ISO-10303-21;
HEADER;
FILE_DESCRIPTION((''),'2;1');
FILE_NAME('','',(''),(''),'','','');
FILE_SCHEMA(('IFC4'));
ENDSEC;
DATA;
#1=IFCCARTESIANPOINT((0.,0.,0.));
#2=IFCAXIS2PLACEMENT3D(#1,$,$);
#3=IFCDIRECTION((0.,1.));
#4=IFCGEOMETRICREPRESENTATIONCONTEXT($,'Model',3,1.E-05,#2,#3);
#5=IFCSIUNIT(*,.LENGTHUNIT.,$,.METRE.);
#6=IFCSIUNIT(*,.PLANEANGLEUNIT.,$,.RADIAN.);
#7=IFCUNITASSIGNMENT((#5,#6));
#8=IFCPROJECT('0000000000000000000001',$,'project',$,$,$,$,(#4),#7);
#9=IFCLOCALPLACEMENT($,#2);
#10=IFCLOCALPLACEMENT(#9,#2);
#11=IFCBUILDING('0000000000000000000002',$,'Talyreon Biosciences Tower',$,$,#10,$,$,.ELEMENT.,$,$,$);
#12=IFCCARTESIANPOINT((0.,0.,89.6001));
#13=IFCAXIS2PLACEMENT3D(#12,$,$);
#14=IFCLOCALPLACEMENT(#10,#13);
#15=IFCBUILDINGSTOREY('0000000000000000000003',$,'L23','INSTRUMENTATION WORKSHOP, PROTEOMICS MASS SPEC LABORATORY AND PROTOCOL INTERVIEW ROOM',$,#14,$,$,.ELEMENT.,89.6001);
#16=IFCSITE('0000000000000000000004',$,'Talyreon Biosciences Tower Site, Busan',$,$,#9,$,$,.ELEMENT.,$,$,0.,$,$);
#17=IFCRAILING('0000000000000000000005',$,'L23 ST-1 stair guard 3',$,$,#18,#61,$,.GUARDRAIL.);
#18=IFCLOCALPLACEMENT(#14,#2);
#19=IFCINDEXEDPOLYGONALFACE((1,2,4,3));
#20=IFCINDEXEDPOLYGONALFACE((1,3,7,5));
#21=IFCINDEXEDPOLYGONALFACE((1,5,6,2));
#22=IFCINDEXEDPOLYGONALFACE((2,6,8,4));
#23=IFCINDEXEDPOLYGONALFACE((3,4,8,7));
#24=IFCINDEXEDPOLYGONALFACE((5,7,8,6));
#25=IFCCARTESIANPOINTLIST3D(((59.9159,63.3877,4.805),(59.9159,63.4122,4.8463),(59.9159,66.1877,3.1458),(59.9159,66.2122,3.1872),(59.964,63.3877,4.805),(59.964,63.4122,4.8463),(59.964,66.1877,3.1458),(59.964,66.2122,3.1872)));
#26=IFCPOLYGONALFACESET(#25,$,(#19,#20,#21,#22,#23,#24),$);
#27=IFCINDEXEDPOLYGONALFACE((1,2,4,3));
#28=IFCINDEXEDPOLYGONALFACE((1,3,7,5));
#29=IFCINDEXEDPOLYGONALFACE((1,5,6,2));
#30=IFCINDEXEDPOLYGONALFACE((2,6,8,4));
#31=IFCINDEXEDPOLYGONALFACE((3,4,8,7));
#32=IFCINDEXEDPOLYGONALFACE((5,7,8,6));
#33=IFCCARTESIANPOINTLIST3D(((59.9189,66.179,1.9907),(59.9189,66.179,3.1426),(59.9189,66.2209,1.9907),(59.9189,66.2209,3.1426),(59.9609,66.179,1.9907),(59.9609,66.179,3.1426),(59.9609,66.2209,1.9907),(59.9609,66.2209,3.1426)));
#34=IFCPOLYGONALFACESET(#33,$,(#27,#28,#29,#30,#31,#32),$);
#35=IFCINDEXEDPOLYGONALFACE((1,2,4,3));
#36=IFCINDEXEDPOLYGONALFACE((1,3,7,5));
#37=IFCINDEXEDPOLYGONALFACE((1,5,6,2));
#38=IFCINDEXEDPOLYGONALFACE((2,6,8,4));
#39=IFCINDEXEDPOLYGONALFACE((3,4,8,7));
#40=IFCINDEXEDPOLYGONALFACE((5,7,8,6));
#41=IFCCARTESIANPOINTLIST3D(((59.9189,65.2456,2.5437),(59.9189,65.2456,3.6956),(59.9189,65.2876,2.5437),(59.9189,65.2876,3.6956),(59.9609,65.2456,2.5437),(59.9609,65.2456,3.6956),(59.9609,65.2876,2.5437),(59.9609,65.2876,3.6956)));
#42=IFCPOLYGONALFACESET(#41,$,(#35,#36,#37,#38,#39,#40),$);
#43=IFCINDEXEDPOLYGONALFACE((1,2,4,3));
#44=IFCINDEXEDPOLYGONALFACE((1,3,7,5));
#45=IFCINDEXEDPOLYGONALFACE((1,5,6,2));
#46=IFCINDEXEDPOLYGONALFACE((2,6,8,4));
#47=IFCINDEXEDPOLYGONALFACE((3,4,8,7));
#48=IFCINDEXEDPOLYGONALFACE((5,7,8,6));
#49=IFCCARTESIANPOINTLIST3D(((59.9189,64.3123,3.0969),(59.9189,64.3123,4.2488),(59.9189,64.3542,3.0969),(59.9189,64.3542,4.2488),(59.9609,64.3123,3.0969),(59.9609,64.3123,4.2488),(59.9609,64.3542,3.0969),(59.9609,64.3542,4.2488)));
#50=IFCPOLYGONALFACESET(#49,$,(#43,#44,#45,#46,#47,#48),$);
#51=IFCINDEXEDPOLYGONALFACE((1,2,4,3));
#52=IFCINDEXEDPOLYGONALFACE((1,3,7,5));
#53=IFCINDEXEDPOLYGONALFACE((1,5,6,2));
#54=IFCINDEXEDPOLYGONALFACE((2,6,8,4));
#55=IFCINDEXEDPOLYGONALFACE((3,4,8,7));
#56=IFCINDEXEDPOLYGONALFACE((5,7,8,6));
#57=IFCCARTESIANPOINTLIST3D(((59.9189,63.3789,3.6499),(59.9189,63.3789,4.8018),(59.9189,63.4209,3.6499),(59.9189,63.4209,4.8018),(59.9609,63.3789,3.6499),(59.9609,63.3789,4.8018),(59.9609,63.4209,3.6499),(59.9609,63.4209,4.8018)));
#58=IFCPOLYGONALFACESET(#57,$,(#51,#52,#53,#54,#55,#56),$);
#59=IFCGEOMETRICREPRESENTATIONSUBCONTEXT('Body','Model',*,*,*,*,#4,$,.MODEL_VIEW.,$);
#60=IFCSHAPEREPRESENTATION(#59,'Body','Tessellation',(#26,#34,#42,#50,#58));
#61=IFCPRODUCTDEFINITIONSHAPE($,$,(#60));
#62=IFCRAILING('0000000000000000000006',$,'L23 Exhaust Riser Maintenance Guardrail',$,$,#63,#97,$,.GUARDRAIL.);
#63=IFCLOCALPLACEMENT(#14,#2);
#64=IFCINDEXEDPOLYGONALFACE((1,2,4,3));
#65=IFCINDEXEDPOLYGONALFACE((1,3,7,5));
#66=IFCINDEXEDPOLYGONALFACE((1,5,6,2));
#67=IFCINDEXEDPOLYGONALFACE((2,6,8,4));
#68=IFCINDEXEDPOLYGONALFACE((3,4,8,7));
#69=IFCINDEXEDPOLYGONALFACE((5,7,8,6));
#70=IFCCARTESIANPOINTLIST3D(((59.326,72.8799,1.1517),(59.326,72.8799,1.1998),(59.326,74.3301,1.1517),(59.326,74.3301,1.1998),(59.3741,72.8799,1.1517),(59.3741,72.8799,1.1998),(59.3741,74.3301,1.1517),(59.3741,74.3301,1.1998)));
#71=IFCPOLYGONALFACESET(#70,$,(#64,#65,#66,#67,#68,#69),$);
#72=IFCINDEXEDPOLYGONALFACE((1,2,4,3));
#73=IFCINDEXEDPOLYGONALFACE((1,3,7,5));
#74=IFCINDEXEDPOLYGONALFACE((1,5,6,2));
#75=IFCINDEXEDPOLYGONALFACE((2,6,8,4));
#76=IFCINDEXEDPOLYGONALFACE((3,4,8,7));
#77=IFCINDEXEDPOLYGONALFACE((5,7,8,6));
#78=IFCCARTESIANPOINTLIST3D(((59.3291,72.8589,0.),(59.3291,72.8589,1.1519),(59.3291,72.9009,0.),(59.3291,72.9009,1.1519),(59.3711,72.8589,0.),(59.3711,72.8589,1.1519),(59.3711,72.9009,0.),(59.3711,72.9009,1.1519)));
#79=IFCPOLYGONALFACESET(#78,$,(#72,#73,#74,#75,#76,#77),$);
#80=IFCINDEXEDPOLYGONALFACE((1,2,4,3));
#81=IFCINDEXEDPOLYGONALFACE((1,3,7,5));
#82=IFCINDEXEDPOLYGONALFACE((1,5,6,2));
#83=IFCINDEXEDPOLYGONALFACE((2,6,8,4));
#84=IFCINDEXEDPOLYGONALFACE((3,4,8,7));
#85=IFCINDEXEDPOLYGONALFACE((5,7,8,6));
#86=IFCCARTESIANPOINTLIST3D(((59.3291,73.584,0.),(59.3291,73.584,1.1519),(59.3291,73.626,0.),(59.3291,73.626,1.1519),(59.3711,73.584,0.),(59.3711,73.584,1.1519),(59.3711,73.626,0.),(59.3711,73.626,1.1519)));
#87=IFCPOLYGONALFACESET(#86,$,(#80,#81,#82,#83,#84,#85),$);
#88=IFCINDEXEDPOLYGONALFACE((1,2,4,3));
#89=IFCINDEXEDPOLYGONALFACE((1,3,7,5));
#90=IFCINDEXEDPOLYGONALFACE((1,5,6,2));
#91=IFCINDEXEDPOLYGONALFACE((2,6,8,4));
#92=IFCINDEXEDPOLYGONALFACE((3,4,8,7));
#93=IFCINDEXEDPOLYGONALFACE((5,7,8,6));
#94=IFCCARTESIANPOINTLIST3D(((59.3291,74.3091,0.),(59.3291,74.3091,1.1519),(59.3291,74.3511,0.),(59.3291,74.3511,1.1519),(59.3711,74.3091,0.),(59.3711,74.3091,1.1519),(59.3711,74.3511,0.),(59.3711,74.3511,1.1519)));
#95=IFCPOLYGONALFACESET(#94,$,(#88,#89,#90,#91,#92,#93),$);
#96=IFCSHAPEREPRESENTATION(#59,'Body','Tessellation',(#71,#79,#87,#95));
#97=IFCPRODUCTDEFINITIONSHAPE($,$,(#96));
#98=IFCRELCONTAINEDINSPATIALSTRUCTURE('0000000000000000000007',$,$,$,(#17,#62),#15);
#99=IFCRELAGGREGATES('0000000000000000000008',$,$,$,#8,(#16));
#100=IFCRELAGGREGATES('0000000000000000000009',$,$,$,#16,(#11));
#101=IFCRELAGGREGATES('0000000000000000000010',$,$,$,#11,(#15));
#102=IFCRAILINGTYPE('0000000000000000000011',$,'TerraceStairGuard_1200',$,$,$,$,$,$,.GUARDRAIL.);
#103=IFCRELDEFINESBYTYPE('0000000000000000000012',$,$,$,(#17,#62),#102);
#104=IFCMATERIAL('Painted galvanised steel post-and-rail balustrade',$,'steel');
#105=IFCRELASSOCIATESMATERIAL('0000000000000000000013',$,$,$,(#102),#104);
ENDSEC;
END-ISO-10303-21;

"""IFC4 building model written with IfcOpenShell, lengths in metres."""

from ifc_helpers import new_model, si_unit, direction, frame, origin, origin_2d, place, context, subcontext, project, spatial, rectangle, extrude, material, type_object, element, save


model = new_model("IFC4")

# Units and contexts
model_context = context("Model", 3, precision=1e-05, world=origin(), true_north=direction((0.0, 1.0)))
body_context = subcontext(model_context, "Body", "Model", "MODEL_VIEW")
ifc_project = project(units=[si_unit("LENGTHUNIT", "METRE"), si_unit("PLANEANGLEUNIT", "RADIAN")], contexts=[model_context])

# Site, building, storey
site_placement = place(None, origin())
site = spatial("IfcSite", under=ifc_project, at=site_placement, Name="Talyreon Biosciences Tower Site, Busan", CompositionType="ELEMENT", RefElevation=0.0)
building_placement = place(site_placement, origin())
building = spatial("IfcBuilding", under=site, at=building_placement, Name="Talyreon Biosciences Tower", CompositionType="ELEMENT")
storey_placement = place(building_placement, frame((0.0, 0.0, 89.6001)))
storey = spatial("IfcBuildingStorey", under=building, at=storey_placement, Name="L23", Description="INSTRUMENTATION WORKSHOP, PROTEOMICS MASS SPEC LABORATORY AND PROTOCOL INTERVIEW ROOM", CompositionType="ELEMENT", Elevation=89.6001)

# Railings
ifc_material_1 = material(Name="Painted galvanised steel post-and-rail balustrade", Category="steel")
railing_type_1 = type_object("IfcRailingType", Name="TerraceStairGuard_1200", PredefinedType="GUARDRAIL", material=ifc_material_1)
railing_1_placement = place(storey_placement, frame((59.9399, 66.2, 1.9907)))
element("IfcRailing", 1, at=railing_1_placement, inside=storey, type_object=railing_type_1, Name="L23 ST-1 stair guard 3", PredefinedType="GUARDRAIL", context=body_context, shape_type="SweptSolid", body=[
    extrude(rectangle(XDim=0.0481, YDim=0.0481, at=origin_2d()), frame((0.0, 0.0, 1.1758), z_axis=(0.0, -0.860306, 0.509778), x_axis=(1.0, 0.0, 0.0)), (0.0, 0.0, 1.0), 3.2546),
    extrude(rectangle(XDim=0.042, YDim=0.042, at=origin_2d()), origin(), (0.0, 0.0, 1.0), 1.1519),
    extrude(rectangle(XDim=0.042, YDim=0.042, at=origin_2d()), frame((0.0, -0.9333, 0.553)), (0.0, 0.0, 1.0), 1.1519),
    extrude(rectangle(XDim=0.042, YDim=0.042, at=origin_2d()), frame((0.0, -1.8667, 1.1062)), (0.0, 0.0, 1.0), 1.1519),
    extrude(rectangle(XDim=0.042, YDim=0.042, at=origin_2d()), frame((0.0, -2.8, 1.6592)), (0.0, 0.0, 1.0), 1.1519),
])
railing_2_placement = place(storey_placement, frame((59.3501, 72.8799, 0.0)))
element("IfcRailing", 2, at=railing_2_placement, inside=storey, type_object=railing_type_1, Name="L23 Exhaust Riser Maintenance Guardrail", PredefinedType="GUARDRAIL", context=body_context, shape_type="SweptSolid", body=[
    extrude(rectangle(XDim=0.0481, YDim=0.0481, at=origin_2d()), frame((0.0, 0.0, 1.1758), z_axis=(0.0, 1.0, 0.0), x_axis=(-1.0, 0.0, 0.0)), (0.0, 0.0, 1.0), 1.4502),
    extrude(rectangle(XDim=0.042, YDim=0.042, at=origin_2d()), origin(), (0.0, 0.0, 1.0), 1.1519),
    extrude(rectangle(XDim=0.042, YDim=0.042, at=origin_2d()), frame((0.0, 0.7251, 0.0)), (0.0, 0.0, 1.0), 1.1519),
    extrude(rectangle(XDim=0.042, YDim=0.042, at=origin_2d()), frame((0.0, 1.4502, 0.0)), (0.0, 0.0, 1.0), 1.1519),
])

save(model, "model.ifc")
